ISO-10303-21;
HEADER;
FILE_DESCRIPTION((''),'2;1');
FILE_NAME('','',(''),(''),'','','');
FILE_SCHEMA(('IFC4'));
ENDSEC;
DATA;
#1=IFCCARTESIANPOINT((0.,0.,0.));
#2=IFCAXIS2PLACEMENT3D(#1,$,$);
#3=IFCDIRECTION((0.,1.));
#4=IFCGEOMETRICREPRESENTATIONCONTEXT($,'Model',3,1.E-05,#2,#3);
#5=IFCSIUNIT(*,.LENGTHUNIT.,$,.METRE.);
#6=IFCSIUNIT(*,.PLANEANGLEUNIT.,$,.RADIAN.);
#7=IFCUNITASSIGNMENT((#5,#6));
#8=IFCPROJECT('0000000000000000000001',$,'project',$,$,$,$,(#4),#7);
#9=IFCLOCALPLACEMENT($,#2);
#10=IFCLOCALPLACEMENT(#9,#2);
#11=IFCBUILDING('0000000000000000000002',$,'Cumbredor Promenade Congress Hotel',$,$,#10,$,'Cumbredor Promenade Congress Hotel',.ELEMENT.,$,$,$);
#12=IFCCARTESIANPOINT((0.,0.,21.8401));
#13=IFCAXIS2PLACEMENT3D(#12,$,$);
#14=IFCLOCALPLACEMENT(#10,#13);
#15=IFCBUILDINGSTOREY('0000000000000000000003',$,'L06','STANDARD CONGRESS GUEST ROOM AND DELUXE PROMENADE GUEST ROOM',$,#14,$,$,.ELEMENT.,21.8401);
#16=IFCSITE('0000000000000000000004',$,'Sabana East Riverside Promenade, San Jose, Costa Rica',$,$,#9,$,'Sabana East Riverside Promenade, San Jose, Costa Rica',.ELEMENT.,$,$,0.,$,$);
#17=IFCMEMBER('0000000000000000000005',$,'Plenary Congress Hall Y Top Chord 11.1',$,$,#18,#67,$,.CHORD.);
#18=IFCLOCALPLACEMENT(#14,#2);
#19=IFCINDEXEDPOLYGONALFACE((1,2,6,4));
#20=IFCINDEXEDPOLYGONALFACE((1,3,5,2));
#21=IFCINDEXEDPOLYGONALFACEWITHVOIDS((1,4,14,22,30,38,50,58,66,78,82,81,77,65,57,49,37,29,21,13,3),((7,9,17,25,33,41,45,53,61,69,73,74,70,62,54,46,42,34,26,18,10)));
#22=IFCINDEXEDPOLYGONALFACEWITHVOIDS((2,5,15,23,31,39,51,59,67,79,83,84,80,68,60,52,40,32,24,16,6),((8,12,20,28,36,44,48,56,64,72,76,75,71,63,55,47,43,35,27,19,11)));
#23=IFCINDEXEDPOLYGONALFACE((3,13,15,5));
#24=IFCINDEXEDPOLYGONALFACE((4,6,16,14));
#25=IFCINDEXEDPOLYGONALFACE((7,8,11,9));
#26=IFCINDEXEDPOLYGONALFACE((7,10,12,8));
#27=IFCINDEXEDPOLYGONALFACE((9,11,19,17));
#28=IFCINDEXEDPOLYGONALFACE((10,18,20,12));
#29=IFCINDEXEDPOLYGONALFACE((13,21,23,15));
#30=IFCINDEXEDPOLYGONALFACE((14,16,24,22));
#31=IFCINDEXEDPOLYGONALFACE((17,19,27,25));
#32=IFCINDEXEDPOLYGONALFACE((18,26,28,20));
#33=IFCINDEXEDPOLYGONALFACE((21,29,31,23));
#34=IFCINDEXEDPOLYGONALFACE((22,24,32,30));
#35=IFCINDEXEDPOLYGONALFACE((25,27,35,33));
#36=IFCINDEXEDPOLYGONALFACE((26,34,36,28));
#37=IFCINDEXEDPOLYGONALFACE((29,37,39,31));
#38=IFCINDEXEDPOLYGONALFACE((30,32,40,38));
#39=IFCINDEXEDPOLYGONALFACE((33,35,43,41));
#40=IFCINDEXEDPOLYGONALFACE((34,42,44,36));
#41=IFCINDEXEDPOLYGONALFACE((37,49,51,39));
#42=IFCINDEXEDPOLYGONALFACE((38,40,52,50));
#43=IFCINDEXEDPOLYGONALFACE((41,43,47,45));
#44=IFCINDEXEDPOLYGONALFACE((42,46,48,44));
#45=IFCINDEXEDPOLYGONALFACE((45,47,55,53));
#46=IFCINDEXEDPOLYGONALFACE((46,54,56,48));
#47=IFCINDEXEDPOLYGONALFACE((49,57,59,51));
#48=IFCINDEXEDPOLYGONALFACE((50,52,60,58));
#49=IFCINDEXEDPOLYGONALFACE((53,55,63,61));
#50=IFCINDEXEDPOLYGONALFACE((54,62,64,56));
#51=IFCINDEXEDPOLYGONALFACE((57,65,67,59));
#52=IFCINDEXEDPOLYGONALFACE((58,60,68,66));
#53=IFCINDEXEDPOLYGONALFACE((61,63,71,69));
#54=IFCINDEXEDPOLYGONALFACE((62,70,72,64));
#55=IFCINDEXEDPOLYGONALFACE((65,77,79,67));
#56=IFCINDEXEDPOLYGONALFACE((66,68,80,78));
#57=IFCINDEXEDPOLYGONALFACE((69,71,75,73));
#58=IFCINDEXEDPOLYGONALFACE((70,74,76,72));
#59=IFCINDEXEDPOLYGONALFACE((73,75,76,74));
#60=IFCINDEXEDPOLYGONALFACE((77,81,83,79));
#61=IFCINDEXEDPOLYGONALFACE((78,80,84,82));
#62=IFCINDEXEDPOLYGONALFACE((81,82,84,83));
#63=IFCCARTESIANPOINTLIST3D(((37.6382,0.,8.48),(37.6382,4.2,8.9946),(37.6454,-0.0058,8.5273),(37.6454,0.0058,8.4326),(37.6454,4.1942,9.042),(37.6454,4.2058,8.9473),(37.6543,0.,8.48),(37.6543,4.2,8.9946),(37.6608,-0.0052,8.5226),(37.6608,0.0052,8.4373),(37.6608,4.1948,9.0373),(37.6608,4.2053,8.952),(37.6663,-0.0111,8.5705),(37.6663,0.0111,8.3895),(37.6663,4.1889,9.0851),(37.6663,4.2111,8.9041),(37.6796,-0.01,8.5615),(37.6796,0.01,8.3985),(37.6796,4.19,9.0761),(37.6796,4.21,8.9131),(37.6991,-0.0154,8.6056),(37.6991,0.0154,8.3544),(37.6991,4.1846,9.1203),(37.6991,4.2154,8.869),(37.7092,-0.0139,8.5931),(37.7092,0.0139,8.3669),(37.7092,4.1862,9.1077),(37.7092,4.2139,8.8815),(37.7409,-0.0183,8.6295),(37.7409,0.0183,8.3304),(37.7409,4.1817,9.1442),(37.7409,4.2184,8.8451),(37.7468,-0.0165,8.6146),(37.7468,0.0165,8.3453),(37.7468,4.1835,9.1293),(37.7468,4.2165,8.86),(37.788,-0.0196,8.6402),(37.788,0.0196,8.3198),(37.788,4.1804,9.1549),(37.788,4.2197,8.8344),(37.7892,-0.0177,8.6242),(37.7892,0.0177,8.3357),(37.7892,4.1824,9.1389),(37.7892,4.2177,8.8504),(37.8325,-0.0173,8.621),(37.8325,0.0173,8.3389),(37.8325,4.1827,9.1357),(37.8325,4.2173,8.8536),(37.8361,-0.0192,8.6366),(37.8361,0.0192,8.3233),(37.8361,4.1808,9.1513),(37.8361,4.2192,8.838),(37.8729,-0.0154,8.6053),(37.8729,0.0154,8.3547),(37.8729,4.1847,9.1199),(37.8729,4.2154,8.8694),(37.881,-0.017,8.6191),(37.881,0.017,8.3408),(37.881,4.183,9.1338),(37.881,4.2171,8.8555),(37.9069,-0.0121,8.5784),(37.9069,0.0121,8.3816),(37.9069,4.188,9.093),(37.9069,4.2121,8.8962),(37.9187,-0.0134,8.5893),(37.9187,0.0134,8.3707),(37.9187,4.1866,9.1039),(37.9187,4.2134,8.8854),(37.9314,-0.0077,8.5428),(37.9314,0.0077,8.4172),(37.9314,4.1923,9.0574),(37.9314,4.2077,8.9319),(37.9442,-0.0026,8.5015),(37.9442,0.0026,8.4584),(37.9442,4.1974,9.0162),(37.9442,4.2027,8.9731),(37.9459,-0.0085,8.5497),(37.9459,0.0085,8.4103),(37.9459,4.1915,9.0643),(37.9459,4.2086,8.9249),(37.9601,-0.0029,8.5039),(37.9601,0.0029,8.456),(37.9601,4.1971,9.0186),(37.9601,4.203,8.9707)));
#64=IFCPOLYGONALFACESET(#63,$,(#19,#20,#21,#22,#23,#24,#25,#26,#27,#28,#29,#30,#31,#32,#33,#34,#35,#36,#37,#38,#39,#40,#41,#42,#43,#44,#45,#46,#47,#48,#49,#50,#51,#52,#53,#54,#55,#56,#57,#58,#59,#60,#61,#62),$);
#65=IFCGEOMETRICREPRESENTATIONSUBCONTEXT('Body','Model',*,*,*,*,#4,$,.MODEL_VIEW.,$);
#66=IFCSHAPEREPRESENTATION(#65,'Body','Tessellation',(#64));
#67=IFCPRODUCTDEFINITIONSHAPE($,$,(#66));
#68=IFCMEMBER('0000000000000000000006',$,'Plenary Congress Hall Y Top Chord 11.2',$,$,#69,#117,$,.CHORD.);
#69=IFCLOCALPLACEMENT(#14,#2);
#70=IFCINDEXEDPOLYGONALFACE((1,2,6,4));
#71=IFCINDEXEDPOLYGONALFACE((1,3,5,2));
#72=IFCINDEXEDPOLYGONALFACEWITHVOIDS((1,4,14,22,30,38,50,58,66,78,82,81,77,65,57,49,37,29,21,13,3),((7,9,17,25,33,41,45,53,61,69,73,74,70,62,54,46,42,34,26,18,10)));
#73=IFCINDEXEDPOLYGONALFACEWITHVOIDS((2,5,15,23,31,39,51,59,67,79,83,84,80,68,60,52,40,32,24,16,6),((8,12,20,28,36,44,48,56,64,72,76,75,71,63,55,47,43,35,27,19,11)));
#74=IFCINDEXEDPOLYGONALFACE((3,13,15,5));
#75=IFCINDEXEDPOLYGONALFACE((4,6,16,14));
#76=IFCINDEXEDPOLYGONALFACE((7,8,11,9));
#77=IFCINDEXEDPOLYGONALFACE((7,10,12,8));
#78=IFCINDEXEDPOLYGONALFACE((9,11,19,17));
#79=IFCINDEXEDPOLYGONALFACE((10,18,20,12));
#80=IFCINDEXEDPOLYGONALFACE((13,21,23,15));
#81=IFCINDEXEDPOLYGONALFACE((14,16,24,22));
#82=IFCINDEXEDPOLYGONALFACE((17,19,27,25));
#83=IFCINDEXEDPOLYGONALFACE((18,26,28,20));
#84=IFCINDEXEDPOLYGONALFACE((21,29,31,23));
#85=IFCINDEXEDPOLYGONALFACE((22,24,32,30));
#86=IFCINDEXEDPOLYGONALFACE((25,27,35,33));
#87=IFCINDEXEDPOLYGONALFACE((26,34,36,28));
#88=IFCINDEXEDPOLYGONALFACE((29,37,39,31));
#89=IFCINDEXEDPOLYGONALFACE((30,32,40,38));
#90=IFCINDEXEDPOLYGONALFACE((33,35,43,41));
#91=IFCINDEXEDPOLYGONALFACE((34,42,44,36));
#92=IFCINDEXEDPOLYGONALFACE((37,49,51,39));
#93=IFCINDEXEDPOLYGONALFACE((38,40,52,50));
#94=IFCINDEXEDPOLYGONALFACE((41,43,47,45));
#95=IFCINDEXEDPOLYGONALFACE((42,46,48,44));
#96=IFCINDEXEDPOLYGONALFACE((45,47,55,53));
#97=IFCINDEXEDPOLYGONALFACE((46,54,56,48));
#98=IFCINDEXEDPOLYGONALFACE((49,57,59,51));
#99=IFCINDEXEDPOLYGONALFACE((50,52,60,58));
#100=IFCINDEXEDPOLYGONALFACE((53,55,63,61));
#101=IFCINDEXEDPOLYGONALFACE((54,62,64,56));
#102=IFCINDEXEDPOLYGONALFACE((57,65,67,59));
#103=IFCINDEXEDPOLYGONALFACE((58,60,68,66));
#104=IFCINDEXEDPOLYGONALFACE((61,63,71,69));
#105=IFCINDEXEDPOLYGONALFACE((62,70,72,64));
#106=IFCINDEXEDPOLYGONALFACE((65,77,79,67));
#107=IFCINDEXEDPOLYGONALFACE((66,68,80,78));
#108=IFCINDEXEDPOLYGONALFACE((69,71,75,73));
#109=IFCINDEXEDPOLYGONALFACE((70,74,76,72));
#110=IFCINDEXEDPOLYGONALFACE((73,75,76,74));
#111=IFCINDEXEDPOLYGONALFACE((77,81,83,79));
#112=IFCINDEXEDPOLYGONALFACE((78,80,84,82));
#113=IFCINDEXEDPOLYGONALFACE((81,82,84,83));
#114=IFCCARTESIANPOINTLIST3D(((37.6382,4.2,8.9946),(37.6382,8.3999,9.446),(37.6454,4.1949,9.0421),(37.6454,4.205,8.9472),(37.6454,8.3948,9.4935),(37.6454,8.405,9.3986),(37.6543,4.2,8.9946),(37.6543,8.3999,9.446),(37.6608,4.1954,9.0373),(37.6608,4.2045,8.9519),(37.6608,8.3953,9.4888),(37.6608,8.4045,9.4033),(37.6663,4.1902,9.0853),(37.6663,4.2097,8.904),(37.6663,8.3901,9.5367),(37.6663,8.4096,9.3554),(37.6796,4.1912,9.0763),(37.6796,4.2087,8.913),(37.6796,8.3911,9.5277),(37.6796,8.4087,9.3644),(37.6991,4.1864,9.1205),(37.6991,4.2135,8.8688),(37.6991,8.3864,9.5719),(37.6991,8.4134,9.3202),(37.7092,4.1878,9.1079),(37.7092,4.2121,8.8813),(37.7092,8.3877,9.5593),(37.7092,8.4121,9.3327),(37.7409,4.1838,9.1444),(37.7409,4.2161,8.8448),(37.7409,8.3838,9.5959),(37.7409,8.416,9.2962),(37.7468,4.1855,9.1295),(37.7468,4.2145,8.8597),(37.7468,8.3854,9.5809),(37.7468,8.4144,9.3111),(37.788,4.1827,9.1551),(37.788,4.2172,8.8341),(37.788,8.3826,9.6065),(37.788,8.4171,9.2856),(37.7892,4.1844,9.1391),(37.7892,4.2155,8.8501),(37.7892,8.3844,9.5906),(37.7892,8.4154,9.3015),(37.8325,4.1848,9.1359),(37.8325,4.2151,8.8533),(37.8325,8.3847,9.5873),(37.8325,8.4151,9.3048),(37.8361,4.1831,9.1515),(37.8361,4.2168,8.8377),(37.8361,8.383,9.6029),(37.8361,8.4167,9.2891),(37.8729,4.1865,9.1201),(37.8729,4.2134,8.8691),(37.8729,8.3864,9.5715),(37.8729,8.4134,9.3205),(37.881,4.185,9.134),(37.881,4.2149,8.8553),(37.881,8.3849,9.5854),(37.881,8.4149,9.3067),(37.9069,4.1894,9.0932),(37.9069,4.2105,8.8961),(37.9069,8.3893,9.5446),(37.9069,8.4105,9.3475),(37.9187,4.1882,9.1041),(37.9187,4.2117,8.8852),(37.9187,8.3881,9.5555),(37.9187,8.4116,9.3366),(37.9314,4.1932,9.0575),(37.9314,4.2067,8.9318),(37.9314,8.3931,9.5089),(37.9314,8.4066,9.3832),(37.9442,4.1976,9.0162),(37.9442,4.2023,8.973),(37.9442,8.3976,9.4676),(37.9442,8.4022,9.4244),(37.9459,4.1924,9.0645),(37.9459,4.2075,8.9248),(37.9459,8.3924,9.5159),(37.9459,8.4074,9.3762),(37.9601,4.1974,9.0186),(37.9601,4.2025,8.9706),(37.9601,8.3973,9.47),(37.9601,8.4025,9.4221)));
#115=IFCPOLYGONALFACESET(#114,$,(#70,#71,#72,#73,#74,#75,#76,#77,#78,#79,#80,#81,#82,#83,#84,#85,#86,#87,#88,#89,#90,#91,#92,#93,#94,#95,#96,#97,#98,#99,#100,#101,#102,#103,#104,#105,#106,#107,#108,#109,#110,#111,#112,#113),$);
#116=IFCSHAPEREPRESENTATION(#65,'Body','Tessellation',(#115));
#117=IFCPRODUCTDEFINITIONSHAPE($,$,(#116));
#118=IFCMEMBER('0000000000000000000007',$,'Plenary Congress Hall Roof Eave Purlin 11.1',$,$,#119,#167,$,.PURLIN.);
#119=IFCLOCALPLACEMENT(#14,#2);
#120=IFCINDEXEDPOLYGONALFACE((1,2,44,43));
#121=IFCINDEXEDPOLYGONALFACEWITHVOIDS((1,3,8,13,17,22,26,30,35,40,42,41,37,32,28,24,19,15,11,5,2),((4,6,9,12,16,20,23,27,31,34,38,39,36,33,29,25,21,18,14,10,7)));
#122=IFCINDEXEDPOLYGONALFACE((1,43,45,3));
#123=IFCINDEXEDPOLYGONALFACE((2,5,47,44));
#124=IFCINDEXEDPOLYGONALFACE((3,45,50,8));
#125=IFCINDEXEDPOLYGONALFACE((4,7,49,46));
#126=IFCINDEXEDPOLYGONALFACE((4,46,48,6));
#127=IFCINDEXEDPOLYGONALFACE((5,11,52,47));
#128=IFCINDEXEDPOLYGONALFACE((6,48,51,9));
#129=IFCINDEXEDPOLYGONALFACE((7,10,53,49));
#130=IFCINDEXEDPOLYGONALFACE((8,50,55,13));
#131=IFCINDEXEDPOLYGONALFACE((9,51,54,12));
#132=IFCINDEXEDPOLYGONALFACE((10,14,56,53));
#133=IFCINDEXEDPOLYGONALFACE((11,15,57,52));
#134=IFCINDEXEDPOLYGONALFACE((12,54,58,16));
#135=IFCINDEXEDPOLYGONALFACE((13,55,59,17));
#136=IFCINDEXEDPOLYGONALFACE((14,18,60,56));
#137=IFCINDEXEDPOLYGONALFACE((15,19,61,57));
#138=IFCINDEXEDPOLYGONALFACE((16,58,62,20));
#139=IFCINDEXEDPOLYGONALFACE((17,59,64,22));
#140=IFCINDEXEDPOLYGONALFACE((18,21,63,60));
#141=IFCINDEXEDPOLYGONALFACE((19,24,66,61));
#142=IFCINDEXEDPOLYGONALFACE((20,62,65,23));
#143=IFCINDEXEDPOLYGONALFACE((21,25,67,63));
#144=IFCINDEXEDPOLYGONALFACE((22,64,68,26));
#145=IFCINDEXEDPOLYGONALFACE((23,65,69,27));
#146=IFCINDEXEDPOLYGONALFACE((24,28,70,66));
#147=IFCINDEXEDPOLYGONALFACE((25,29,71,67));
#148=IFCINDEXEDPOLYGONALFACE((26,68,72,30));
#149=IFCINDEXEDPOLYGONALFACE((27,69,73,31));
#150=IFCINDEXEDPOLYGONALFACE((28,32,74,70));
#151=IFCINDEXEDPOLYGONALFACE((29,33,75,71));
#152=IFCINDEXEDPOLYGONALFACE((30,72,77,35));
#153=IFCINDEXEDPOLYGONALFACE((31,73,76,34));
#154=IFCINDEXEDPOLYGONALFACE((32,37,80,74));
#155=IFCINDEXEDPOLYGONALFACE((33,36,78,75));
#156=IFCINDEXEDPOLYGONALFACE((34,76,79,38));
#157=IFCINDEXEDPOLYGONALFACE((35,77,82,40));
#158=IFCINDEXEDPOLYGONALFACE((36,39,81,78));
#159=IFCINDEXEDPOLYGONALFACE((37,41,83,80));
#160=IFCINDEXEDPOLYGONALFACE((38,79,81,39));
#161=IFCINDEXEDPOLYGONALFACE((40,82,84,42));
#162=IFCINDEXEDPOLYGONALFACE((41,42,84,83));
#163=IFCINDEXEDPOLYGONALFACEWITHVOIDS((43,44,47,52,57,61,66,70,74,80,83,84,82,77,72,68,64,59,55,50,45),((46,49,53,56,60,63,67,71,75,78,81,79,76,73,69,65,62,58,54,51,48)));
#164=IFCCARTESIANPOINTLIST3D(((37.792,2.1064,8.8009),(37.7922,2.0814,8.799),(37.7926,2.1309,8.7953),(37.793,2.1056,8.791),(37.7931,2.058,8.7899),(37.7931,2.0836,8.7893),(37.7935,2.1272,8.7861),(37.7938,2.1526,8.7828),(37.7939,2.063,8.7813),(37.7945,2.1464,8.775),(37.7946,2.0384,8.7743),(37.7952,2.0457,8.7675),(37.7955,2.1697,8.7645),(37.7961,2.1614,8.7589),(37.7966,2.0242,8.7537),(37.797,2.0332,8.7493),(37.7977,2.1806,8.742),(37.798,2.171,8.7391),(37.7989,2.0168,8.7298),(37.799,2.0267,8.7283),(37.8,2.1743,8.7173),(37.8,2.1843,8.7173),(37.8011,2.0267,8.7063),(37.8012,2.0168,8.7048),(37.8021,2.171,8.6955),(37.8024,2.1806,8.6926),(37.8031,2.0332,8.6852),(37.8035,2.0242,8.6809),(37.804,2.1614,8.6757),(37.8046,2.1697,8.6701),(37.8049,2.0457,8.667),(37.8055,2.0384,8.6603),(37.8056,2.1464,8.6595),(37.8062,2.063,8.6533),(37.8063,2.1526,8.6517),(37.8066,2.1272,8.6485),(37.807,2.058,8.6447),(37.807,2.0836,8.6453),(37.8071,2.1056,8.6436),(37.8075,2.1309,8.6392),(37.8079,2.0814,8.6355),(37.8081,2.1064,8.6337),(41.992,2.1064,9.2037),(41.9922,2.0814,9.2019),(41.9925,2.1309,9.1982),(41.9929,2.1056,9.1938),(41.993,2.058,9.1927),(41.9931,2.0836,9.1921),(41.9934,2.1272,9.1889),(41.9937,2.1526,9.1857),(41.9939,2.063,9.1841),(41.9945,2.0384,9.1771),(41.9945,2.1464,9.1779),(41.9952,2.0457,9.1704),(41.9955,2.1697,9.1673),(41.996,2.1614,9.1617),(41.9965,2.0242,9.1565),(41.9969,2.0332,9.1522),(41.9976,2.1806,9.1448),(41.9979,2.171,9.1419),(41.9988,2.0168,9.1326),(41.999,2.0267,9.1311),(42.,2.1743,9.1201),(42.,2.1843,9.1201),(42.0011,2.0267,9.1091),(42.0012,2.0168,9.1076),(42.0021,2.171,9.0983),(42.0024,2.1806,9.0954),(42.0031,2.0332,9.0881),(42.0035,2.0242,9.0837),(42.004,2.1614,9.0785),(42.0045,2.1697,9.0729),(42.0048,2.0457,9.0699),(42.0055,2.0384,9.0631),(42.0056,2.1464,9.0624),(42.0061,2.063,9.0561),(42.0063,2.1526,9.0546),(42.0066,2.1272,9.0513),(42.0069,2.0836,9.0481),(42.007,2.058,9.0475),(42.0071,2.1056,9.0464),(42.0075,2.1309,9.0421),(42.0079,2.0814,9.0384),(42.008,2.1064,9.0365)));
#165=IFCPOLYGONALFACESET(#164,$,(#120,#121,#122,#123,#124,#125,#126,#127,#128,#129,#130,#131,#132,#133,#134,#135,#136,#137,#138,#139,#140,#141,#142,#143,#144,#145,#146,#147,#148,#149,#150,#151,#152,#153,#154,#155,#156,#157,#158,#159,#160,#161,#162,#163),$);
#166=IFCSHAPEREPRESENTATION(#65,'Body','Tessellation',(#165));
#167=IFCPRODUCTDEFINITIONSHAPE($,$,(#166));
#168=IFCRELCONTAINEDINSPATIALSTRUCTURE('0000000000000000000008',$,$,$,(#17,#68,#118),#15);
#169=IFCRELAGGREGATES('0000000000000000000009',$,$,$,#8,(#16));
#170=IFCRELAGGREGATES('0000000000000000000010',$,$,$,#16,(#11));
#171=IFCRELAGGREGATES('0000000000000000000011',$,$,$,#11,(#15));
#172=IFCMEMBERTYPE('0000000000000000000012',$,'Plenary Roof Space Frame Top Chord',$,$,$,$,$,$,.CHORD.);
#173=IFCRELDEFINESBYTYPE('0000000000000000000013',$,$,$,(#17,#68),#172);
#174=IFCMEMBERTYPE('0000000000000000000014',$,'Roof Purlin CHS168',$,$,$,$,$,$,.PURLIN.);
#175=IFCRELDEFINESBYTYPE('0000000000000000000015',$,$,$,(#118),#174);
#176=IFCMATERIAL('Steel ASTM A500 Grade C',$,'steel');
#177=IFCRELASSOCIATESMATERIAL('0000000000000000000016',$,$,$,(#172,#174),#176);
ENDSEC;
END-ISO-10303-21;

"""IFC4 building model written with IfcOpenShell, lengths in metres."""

from ifc_helpers import new_model, si_unit, direction, frame, origin, origin_2d, place, context, subcontext, project, spatial, hollow_circle, extrude, material, material_profile, profile_set, type_object, element, save


model = new_model("IFC4")

# Units and contexts
model_context = context("Model", 3, precision=1e-05, world=origin(), true_north=direction((0.0, 1.0)))
body_context = subcontext(model_context, "Body", "Model", "MODEL_VIEW")
ifc_project = project(units=[si_unit("LENGTHUNIT", "METRE"), si_unit("PLANEANGLEUNIT", "RADIAN")], contexts=[model_context])

# Site, building, storey
site_placement = place(None, origin())
site = spatial("IfcSite", under=ifc_project, at=site_placement, Name="Sabana East Riverside Promenade, San Jose, Costa Rica", LongName="Sabana East Riverside Promenade, San Jose, Costa Rica", CompositionType="ELEMENT", RefElevation=0.0)
building_placement = place(site_placement, origin())
building = spatial("IfcBuilding", under=site, at=building_placement, Name="Cumbredor Promenade Congress Hotel", LongName="Cumbredor Promenade Congress Hotel", CompositionType="ELEMENT")
storey_placement = place(building_placement, frame((0.0, 0.0, 21.8401)))
storey = spatial("IfcBuildingStorey", under=building, at=storey_placement, Name="L06", Description="STANDARD CONGRESS GUEST ROOM AND DELUXE PROMENADE GUEST ROOM", CompositionType="ELEMENT", Elevation=21.8401)

# Members
ifc_material_1 = material(Name="Steel ASTM A500 Grade C", Category="steel")
ifc_material_profile_1 = material_profile(ifc_material_1, hollow_circle(Radius=0.1619, WallThickness=0.0161, at=origin_2d()), Name="CHS 323.9x16")
ifc_profile_set_1 = profile_set([ifc_material_profile_1], Name="Steel ASTM A500 Grade C")
member_type_1 = type_object("IfcMemberType", Name="Plenary Roof Space Frame Top Chord", PredefinedType="CHORD", material=ifc_profile_set_1)
member_1_placement = place(storey_placement, frame((37.8, 0.0, 8.48), z_axis=(0.0, 0.992576, 0.121627), x_axis=(-1.0, 0.0, 0.0)))
element("IfcMember", 1, at=member_1_placement, inside=storey, type_object=member_type_1, Name="Plenary Congress Hall Y Top Chord 11.1", PredefinedType="CHORD", context=body_context, shape_type="SweptSolid", body=[
    extrude(hollow_circle(Radius=0.1619, WallThickness=0.0161, at=origin_2d()), origin(), (0.0, 0.0, 1.0), 4.2314),
])
member_2_placement = place(storey_placement, frame((37.8, 4.2, 8.9946), z_axis=(0.0, 0.994273, 0.106866), x_axis=(-1.0, 0.0, 0.0)))
element("IfcMember", 2, at=member_2_placement, inside=storey, type_object=member_type_1, Name="Plenary Congress Hall Y Top Chord 11.2", PredefinedType="CHORD", context=body_context, shape_type="SweptSolid", body=[
    extrude(hollow_circle(Radius=0.1619, WallThickness=0.0161, at=origin_2d()), origin(), (0.0, 0.0, 1.0), 4.2241),
])
ifc_material_profile_2 = material_profile(ifc_material_1, hollow_circle(Radius=0.0842, WallThickness=0.01, at=origin_2d()), Name="CHS 168.3x10")
ifc_profile_set_2 = profile_set([ifc_material_profile_2], Name="Steel ASTM A500 Grade C")
member_type_2 = type_object("IfcMemberType", Name="Roof Purlin CHS168", PredefinedType="PURLIN", material=ifc_profile_set_2)
member_3_placement = place(storey_placement, frame((37.8, 2.1001, 8.7173), z_axis=(0.995432, 0.0, 0.095475), x_axis=(0.0, 1.0, 0.0)))
element("IfcMember", 3, at=member_3_placement, inside=storey, type_object=member_type_2, Name="Plenary Congress Hall Roof Eave Purlin 11.1", PredefinedType="PURLIN", context=body_context, shape_type="SweptSolid", body=[
    extrude(hollow_circle(Radius=0.0842, WallThickness=0.01, at=origin_2d()), origin(), (0.0, 0.0, 1.0), 4.2192),
])

save(model, "model.ifc")
